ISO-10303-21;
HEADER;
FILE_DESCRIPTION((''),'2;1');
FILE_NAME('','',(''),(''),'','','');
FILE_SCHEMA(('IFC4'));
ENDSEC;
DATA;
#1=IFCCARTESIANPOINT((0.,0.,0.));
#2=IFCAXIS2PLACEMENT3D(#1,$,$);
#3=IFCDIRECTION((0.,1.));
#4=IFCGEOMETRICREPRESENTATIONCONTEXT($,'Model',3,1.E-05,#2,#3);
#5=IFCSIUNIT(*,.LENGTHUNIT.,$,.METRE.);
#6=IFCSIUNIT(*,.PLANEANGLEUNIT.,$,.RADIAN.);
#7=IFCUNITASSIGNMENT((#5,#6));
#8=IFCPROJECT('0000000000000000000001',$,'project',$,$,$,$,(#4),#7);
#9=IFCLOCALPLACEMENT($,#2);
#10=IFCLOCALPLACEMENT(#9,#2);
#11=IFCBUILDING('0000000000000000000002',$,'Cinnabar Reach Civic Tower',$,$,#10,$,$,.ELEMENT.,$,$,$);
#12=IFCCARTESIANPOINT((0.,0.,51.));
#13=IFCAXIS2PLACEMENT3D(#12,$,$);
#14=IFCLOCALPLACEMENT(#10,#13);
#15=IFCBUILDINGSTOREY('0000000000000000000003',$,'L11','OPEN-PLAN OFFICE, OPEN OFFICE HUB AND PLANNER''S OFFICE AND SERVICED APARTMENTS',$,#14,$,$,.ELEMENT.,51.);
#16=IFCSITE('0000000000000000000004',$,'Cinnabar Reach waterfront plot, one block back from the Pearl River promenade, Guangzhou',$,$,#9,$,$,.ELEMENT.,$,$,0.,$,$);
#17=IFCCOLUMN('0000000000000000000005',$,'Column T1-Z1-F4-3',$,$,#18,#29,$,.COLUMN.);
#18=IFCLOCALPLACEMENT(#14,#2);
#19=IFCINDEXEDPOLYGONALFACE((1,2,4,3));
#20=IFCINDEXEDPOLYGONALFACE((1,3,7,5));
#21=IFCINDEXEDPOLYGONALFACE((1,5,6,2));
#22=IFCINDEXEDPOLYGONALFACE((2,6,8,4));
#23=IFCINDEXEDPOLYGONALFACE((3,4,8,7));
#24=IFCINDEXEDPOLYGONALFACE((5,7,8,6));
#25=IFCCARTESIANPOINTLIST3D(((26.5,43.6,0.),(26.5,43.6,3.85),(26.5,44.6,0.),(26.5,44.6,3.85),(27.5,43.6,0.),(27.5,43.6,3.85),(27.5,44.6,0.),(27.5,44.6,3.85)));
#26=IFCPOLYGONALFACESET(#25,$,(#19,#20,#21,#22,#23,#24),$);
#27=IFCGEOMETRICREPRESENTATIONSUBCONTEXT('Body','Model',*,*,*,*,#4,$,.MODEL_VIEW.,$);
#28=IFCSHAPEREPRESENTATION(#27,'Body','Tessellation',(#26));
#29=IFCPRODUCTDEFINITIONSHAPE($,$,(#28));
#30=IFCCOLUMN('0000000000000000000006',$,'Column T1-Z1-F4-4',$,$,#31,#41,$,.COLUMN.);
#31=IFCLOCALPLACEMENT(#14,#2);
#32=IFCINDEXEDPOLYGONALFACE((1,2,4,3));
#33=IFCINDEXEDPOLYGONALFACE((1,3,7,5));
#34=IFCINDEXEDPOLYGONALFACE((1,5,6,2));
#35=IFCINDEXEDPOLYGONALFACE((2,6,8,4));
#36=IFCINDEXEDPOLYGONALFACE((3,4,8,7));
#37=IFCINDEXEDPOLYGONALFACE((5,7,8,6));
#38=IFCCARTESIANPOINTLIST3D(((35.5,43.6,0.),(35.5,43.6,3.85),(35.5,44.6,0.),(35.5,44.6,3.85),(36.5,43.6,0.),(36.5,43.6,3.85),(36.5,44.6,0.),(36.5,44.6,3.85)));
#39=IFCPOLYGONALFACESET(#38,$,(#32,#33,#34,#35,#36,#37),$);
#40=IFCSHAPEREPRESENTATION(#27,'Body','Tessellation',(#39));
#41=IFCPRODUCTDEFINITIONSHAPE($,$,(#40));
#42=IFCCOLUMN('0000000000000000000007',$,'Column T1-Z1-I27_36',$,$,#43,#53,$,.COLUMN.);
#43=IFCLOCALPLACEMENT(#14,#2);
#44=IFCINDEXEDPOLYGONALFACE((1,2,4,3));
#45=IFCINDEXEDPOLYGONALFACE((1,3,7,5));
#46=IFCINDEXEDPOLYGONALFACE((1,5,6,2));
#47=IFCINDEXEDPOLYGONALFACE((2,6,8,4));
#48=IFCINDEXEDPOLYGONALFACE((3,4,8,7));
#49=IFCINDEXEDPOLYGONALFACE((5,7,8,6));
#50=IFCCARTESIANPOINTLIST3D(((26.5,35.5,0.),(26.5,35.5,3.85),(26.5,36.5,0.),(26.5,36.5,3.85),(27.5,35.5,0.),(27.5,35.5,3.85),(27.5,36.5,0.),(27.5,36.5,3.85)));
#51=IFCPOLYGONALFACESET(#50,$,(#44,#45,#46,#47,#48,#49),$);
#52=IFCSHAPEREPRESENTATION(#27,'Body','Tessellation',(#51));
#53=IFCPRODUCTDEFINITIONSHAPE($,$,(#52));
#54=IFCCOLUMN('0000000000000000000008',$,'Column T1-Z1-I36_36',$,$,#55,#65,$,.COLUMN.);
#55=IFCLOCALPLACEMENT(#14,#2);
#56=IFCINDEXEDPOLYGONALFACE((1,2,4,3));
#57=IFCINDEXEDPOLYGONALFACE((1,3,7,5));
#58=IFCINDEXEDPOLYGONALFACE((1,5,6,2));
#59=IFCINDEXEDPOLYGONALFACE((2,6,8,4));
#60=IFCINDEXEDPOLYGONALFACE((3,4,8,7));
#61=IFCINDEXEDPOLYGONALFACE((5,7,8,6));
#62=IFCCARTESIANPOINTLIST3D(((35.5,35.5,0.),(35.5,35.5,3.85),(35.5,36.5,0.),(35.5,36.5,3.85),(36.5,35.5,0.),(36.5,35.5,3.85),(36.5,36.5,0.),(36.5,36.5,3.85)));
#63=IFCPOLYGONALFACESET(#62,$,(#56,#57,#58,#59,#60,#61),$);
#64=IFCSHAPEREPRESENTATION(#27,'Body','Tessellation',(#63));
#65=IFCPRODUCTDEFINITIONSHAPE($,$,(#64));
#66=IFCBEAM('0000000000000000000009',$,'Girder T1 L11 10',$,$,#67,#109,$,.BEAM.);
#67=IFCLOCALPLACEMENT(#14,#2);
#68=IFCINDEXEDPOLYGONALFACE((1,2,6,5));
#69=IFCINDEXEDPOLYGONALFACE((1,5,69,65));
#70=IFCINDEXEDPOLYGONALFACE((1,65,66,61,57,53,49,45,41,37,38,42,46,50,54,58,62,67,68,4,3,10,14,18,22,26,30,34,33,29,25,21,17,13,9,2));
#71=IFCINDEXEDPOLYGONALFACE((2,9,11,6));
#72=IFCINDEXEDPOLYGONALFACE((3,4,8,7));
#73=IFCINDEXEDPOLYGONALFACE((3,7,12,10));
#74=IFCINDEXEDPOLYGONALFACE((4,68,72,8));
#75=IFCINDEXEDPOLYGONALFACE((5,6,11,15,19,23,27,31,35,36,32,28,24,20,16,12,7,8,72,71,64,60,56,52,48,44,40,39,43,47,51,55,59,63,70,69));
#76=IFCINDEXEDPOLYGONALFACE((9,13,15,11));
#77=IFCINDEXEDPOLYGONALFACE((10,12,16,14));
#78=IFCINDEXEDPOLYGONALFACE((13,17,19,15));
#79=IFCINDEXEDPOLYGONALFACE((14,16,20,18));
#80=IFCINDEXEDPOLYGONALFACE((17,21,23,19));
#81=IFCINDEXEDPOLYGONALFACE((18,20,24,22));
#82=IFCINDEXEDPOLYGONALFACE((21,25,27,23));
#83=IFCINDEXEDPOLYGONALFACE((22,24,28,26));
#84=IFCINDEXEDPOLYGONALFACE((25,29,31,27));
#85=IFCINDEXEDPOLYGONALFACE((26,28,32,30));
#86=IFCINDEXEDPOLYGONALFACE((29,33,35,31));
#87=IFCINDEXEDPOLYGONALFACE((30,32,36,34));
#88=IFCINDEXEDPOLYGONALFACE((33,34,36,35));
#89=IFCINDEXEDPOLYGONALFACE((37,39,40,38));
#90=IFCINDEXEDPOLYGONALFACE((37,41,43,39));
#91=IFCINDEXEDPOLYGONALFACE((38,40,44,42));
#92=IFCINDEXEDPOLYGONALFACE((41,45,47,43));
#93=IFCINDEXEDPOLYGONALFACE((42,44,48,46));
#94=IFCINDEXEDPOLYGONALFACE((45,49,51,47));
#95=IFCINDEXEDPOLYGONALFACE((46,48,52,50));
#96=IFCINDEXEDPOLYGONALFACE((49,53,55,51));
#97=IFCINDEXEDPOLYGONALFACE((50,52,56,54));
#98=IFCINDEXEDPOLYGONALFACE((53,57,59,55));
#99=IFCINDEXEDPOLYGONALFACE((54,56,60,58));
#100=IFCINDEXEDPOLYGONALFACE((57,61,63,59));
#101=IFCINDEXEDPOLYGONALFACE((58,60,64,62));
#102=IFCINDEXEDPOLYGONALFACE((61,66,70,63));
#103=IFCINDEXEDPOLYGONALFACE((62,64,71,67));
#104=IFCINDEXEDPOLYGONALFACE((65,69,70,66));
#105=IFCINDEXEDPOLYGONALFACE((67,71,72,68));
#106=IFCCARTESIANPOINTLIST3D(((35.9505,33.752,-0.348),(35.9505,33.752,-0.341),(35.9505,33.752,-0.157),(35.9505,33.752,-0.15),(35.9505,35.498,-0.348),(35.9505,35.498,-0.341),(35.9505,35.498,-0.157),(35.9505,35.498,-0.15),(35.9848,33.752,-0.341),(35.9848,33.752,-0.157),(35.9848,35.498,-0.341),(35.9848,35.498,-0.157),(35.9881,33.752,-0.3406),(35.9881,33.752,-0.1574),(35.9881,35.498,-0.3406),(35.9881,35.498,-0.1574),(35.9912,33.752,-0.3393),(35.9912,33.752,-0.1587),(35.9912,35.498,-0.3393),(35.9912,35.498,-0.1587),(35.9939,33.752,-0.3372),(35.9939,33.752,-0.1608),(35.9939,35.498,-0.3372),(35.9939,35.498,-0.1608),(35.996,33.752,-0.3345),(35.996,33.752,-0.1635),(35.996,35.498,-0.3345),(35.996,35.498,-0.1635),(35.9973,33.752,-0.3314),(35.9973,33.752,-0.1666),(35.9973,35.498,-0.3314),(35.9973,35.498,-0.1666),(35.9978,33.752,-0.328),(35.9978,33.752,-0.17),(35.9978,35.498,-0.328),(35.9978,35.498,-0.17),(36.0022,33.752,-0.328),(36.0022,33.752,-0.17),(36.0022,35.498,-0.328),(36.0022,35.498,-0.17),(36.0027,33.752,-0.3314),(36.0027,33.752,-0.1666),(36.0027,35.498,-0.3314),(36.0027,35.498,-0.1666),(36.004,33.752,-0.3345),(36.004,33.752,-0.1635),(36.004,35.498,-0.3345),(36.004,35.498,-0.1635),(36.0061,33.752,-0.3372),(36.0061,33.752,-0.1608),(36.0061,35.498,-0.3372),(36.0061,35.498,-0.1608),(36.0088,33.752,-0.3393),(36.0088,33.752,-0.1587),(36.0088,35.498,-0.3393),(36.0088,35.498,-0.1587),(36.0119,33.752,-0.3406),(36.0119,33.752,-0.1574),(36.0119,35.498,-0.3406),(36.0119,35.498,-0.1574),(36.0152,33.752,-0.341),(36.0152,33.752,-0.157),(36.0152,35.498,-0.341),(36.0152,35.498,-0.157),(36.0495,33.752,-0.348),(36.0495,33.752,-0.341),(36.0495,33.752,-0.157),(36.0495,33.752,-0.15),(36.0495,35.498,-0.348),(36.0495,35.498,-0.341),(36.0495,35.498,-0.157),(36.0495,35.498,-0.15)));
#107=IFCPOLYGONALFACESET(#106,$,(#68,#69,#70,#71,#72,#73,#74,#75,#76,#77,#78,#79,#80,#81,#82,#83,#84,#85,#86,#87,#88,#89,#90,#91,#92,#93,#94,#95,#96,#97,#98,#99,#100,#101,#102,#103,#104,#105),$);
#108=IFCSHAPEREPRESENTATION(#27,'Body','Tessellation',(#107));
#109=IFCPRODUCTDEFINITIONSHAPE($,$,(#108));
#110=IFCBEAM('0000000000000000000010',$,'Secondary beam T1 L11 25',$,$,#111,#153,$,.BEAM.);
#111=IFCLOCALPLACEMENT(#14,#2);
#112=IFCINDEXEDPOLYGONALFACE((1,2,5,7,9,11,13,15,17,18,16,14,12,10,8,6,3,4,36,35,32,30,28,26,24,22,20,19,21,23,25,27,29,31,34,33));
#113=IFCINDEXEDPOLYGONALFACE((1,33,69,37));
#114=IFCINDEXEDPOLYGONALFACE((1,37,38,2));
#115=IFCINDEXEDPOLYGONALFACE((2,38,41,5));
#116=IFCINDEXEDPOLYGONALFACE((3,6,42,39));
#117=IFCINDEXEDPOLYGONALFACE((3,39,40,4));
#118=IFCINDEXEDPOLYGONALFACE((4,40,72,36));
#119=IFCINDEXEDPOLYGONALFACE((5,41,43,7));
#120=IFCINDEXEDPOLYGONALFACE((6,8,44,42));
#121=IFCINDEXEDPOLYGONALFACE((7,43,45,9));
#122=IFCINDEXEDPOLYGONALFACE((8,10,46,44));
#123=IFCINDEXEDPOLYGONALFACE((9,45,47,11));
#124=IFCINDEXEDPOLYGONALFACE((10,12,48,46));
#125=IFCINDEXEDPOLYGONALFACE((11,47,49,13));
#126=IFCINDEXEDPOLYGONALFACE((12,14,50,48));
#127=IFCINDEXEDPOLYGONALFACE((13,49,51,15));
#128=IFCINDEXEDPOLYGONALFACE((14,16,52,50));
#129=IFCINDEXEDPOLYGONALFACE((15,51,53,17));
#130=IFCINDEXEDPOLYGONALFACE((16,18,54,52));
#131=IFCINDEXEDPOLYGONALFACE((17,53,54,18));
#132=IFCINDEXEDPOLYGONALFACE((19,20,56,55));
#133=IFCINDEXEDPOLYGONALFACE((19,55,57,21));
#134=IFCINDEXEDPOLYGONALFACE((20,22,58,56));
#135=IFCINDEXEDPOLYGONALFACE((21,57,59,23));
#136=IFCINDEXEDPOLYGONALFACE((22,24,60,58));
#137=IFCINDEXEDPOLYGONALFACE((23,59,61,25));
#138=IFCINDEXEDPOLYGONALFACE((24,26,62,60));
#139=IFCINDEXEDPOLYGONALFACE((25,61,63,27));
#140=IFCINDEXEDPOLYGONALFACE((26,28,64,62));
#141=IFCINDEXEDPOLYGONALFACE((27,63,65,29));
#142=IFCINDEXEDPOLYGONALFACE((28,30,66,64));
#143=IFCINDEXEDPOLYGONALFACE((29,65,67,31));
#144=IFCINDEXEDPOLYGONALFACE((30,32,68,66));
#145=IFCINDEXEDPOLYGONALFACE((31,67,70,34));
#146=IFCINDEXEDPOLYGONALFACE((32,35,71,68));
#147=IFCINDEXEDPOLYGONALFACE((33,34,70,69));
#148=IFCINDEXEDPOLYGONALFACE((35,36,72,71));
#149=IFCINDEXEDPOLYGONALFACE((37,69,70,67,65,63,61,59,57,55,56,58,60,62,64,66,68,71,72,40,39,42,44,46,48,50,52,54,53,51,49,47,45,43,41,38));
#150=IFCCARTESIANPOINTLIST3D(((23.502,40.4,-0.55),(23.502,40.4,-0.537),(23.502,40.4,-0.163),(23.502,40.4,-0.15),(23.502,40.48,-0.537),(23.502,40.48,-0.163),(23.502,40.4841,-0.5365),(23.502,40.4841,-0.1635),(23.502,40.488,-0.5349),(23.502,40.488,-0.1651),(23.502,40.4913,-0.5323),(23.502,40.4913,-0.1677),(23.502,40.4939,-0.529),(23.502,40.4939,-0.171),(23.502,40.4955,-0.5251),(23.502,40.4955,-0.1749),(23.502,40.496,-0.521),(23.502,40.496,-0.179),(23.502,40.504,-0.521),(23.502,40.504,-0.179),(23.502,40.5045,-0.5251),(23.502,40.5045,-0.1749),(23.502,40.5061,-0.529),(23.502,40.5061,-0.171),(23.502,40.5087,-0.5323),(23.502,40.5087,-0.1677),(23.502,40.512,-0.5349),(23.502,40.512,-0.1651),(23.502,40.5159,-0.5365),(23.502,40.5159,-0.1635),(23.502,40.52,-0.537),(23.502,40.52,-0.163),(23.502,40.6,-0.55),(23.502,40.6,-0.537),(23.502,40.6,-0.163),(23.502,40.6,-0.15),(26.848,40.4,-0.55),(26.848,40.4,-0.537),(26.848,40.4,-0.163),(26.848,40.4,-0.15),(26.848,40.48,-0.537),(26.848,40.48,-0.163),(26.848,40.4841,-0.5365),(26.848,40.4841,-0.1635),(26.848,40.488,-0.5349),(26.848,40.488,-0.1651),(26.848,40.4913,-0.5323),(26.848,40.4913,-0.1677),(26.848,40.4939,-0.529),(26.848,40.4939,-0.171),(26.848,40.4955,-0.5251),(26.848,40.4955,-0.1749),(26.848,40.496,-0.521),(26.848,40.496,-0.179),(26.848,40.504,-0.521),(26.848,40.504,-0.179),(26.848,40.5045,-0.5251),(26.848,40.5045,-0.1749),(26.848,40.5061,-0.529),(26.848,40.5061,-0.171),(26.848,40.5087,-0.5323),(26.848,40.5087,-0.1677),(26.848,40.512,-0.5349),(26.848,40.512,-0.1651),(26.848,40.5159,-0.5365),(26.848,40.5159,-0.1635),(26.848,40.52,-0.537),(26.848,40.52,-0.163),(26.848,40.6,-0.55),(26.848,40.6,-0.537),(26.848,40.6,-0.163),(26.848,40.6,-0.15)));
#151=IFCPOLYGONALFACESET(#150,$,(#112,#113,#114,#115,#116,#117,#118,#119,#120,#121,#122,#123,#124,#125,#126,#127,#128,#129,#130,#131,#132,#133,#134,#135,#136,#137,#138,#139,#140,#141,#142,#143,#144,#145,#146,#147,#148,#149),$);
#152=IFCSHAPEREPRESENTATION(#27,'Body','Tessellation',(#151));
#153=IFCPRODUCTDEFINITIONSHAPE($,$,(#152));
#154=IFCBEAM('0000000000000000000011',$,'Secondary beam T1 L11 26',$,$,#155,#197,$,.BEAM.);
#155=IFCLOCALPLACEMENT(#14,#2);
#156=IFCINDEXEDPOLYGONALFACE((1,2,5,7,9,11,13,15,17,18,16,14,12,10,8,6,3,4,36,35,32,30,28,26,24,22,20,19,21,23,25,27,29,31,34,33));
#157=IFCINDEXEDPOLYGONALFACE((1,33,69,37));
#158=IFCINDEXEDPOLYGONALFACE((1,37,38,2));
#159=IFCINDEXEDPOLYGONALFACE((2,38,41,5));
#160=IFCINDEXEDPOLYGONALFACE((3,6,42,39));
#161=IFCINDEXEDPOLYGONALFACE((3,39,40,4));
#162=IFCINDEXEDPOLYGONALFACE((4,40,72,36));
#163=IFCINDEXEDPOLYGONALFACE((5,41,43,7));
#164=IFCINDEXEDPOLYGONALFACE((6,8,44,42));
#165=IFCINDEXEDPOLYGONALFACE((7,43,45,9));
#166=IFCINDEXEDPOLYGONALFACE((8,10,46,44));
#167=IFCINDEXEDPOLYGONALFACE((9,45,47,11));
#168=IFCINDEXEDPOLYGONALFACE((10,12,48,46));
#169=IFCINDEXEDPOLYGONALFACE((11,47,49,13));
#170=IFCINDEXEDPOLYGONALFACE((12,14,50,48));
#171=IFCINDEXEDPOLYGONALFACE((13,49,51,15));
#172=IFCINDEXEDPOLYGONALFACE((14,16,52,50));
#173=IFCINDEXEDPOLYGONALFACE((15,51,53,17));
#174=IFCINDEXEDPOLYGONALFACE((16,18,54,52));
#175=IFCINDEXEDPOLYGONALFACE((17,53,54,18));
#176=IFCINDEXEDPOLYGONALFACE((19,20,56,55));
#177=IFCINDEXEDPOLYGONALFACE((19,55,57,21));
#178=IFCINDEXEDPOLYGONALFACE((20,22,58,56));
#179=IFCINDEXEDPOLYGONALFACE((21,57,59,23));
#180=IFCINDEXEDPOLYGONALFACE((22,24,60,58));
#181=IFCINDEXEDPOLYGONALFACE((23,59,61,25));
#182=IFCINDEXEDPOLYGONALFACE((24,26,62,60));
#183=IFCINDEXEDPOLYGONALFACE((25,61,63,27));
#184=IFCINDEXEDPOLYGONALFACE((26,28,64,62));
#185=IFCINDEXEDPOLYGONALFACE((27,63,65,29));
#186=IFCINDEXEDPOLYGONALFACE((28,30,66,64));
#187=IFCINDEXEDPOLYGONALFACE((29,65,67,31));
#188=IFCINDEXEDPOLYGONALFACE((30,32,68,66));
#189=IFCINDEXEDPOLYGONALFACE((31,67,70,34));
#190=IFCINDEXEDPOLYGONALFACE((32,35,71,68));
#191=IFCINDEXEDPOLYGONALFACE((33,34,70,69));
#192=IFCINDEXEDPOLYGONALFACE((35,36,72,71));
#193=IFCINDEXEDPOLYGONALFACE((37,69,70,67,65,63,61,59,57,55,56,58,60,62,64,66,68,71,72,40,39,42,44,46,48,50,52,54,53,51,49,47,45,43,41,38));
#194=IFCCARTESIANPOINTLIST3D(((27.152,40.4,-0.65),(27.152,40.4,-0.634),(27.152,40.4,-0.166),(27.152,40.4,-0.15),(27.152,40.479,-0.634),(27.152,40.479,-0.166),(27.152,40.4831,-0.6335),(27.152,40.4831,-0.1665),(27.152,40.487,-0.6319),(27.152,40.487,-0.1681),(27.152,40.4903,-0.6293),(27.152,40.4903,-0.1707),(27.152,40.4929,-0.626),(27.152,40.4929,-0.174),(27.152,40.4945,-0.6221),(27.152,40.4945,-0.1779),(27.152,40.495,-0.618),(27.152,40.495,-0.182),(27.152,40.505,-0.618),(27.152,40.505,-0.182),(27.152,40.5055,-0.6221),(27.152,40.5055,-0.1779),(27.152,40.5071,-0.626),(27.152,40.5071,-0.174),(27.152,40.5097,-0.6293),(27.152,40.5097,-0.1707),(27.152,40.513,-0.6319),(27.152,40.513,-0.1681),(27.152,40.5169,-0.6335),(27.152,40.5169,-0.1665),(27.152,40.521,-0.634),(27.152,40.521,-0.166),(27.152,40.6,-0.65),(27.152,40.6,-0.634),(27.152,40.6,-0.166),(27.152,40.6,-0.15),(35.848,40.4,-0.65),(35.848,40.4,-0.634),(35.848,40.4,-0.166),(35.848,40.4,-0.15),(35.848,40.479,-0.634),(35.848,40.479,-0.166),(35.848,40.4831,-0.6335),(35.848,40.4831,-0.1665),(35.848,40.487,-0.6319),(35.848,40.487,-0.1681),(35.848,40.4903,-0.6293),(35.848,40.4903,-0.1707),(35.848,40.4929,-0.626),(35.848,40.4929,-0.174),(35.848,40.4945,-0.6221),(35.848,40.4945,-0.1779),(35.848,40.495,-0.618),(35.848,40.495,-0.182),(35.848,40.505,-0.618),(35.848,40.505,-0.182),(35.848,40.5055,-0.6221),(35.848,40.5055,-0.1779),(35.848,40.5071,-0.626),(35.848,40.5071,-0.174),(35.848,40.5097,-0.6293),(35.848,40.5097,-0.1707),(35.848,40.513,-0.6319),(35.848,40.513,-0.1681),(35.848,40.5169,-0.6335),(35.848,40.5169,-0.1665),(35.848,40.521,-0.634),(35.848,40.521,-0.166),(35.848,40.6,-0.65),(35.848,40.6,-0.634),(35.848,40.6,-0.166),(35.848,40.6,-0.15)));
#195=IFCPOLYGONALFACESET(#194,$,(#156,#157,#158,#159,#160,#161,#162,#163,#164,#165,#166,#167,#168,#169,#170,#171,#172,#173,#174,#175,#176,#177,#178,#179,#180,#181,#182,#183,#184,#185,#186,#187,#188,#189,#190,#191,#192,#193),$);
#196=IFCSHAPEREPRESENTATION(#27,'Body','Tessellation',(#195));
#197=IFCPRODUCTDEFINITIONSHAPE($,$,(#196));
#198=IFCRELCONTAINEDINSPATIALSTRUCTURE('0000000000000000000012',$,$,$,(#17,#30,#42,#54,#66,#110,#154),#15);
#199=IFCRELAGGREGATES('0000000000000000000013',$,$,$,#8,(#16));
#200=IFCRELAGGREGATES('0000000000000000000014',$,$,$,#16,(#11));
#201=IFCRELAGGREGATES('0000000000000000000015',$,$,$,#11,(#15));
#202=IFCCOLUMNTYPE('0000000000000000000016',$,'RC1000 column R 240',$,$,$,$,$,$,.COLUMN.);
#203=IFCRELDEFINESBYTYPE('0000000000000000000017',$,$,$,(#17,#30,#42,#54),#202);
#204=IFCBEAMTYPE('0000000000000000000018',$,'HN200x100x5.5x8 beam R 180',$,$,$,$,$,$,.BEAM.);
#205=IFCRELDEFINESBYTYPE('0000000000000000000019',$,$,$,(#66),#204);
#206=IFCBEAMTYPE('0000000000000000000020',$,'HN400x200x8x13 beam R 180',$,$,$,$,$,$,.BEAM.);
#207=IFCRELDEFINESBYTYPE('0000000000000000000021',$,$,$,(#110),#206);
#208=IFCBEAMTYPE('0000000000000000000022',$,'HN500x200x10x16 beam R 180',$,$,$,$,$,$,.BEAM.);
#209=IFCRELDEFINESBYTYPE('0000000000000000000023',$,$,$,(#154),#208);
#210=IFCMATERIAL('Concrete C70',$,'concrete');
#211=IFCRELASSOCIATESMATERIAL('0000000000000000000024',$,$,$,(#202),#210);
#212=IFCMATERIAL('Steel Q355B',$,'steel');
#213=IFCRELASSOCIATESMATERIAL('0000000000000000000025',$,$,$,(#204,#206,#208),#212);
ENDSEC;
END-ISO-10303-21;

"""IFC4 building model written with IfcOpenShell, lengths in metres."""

from ifc_helpers import new_model, si_unit, direction, frame, origin, origin_2d, place, context, subcontext, project, spatial, rectangle, i_section, extrude, material, material_profile, profile_set, type_object, element, save


model = new_model("IFC4")

# Units and contexts
model_context = context("Model", 3, precision=1e-05, world=origin(), true_north=direction((0.0, 1.0)))
body_context = subcontext(model_context, "Body", "Model", "MODEL_VIEW")
ifc_project = project(units=[si_unit("LENGTHUNIT", "METRE"), si_unit("PLANEANGLEUNIT", "RADIAN")], contexts=[model_context])

# Site, building, storey
site_placement = place(None, origin())
site = spatial("IfcSite", under=ifc_project, at=site_placement, Name="Cinnabar Reach waterfront plot, one block back from the Pearl River promenade, Guangzhou", CompositionType="ELEMENT", RefElevation=0.0)
building_placement = place(site_placement, origin())
building = spatial("IfcBuilding", under=site, at=building_placement, Name="Cinnabar Reach Civic Tower", CompositionType="ELEMENT")
storey_placement = place(building_placement, frame((0.0, 0.0, 51.0)))
storey = spatial("IfcBuildingStorey", under=building, at=storey_placement, Name="L11", Description="OPEN-PLAN OFFICE, OPEN OFFICE HUB AND PLANNER'S OFFICE AND SERVICED APARTMENTS", CompositionType="ELEMENT", Elevation=51.0)

# Columns
ifc_material_1 = material(Name="Concrete C70", Category="concrete")
ifc_material_profile_1 = material_profile(ifc_material_1, rectangle(XDim=1.0, YDim=1.0, at=origin_2d()), Name="RC1000")
ifc_profile_set_1 = profile_set([ifc_material_profile_1], Name="Concrete C70")
column_type = type_object("IfcColumnType", Name="RC1000 column R 240", PredefinedType="COLUMN", material=ifc_profile_set_1)
for number, where, z_axis, x_axis, name in (
    (1, (27.0, 44.1, 0.0), (0.0, 0.0, 1.0), (1.0, 0.0, 0.0), "Column T1-Z1-F4-3"),
    (2, (36.0, 44.1, 0.0), (0.0, 0.0, 1.0), (1.0, 0.0, 0.0), "Column T1-Z1-F4-4"),
    (3, (27.0, 36.0, 0.0), (0.0, 0.0, 1.0), (1.0, 0.0, 0.0), "Column T1-Z1-I27_36"),
    (4, (36.0, 36.0, 0.0), (0.0, 0.0, 1.0), (1.0, 0.0, 0.0), "Column T1-Z1-I36_36"),
):
    element("IfcColumn", number, at=place(storey_placement, frame(where, z_axis=z_axis, x_axis=x_axis)), inside=storey, type_object=column_type, Name=name, PredefinedType="COLUMN", context=body_context, shape_type="SweptSolid", body=[
        extrude(rectangle(XDim=1.0, YDim=1.0, at=origin_2d()), origin(), (0.0, 0.0, 1.0), 3.85),
    ])

# Beams
ifc_material_2 = material(Name="Steel Q355B", Category="steel")
ifc_material_profile_2 = material_profile(ifc_material_2, i_section(OverallWidth=0.099, OverallDepth=0.198, WebThickness=0.0045, FlangeThickness=0.007, FilletRadius=0.013, at=origin_2d()), Name="HN200x100x5.5x8")
ifc_profile_set_2 = profile_set([ifc_material_profile_2], Name="Steel Q355B")
beam_type_1 = type_object("IfcBeamType", Name="HN200x100x5.5x8 beam R 180", PredefinedType="BEAM", material=ifc_profile_set_2)
beam_1_placement = place(storey_placement, frame((36.0, 33.752, -0.249), z_axis=(0.0, 1.0, 0.0), x_axis=(-1.0, 0.0, 0.0)))
element("IfcBeam", 5, at=beam_1_placement, inside=storey, type_object=beam_type_1, Name="Girder T1 L11 10", PredefinedType="BEAM", context=body_context, shape_type="SweptSolid", body=[
    extrude(i_section(OverallWidth=0.099, OverallDepth=0.198, WebThickness=0.0045, FlangeThickness=0.007, FilletRadius=0.013, at=origin_2d()), origin(), (0.0, 0.0, 1.0), 1.746),
])
ifc_material_profile_3 = material_profile(ifc_material_2, i_section(OverallWidth=0.2, OverallDepth=0.4, WebThickness=0.008, FlangeThickness=0.013, FilletRadius=0.016, at=origin_2d()), Name="HN400x200x8x13")
ifc_profile_set_3 = profile_set([ifc_material_profile_3], Name="Steel Q355B")
beam_type_2 = type_object("IfcBeamType", Name="HN400x200x8x13 beam R 180", PredefinedType="BEAM", material=ifc_profile_set_3)
beam_2_placement = place(storey_placement, frame((23.502, 40.5, -0.35), z_axis=(1.0, 0.0, 0.0), x_axis=(0.0, 1.0, 0.0)))
element("IfcBeam", 6, at=beam_2_placement, inside=storey, type_object=beam_type_2, Name="Secondary beam T1 L11 25", PredefinedType="BEAM", context=body_context, shape_type="SweptSolid", body=[
    extrude(i_section(OverallWidth=0.2, OverallDepth=0.4, WebThickness=0.008, FlangeThickness=0.013, FilletRadius=0.016, at=origin_2d()), origin(), (0.0, 0.0, 1.0), 3.346),
])
ifc_material_profile_4 = material_profile(ifc_material_2, i_section(OverallWidth=0.2, OverallDepth=0.5, WebThickness=0.01, FlangeThickness=0.016, FilletRadius=0.016, at=origin_2d()), Name="HN500x200x10x16")
ifc_profile_set_4 = profile_set([ifc_material_profile_4], Name="Steel Q355B")
beam_type_3 = type_object("IfcBeamType", Name="HN500x200x10x16 beam R 180", PredefinedType="BEAM", material=ifc_profile_set_4)
for number, where, z_axis, x_axis, name in (
    (7, (27.152, 40.5, -0.4), (1.0, 0.0, 0.0), (0.0, 1.0, 0.0), "Secondary beam T1 L11 26"),
):
    element("IfcBeam", number, at=place(storey_placement, frame(where, z_axis=z_axis, x_axis=x_axis)), inside=storey, type_object=beam_type_3, Name=name, PredefinedType="BEAM", context=body_context, shape_type="SweptSolid", body=[
        extrude(i_section(OverallWidth=0.2, OverallDepth=0.5, WebThickness=0.01, FlangeThickness=0.016, FilletRadius=0.016, at=origin_2d()), origin(), (0.0, 0.0, 1.0), 8.696),
    ])

save(model, "model.ifc")
